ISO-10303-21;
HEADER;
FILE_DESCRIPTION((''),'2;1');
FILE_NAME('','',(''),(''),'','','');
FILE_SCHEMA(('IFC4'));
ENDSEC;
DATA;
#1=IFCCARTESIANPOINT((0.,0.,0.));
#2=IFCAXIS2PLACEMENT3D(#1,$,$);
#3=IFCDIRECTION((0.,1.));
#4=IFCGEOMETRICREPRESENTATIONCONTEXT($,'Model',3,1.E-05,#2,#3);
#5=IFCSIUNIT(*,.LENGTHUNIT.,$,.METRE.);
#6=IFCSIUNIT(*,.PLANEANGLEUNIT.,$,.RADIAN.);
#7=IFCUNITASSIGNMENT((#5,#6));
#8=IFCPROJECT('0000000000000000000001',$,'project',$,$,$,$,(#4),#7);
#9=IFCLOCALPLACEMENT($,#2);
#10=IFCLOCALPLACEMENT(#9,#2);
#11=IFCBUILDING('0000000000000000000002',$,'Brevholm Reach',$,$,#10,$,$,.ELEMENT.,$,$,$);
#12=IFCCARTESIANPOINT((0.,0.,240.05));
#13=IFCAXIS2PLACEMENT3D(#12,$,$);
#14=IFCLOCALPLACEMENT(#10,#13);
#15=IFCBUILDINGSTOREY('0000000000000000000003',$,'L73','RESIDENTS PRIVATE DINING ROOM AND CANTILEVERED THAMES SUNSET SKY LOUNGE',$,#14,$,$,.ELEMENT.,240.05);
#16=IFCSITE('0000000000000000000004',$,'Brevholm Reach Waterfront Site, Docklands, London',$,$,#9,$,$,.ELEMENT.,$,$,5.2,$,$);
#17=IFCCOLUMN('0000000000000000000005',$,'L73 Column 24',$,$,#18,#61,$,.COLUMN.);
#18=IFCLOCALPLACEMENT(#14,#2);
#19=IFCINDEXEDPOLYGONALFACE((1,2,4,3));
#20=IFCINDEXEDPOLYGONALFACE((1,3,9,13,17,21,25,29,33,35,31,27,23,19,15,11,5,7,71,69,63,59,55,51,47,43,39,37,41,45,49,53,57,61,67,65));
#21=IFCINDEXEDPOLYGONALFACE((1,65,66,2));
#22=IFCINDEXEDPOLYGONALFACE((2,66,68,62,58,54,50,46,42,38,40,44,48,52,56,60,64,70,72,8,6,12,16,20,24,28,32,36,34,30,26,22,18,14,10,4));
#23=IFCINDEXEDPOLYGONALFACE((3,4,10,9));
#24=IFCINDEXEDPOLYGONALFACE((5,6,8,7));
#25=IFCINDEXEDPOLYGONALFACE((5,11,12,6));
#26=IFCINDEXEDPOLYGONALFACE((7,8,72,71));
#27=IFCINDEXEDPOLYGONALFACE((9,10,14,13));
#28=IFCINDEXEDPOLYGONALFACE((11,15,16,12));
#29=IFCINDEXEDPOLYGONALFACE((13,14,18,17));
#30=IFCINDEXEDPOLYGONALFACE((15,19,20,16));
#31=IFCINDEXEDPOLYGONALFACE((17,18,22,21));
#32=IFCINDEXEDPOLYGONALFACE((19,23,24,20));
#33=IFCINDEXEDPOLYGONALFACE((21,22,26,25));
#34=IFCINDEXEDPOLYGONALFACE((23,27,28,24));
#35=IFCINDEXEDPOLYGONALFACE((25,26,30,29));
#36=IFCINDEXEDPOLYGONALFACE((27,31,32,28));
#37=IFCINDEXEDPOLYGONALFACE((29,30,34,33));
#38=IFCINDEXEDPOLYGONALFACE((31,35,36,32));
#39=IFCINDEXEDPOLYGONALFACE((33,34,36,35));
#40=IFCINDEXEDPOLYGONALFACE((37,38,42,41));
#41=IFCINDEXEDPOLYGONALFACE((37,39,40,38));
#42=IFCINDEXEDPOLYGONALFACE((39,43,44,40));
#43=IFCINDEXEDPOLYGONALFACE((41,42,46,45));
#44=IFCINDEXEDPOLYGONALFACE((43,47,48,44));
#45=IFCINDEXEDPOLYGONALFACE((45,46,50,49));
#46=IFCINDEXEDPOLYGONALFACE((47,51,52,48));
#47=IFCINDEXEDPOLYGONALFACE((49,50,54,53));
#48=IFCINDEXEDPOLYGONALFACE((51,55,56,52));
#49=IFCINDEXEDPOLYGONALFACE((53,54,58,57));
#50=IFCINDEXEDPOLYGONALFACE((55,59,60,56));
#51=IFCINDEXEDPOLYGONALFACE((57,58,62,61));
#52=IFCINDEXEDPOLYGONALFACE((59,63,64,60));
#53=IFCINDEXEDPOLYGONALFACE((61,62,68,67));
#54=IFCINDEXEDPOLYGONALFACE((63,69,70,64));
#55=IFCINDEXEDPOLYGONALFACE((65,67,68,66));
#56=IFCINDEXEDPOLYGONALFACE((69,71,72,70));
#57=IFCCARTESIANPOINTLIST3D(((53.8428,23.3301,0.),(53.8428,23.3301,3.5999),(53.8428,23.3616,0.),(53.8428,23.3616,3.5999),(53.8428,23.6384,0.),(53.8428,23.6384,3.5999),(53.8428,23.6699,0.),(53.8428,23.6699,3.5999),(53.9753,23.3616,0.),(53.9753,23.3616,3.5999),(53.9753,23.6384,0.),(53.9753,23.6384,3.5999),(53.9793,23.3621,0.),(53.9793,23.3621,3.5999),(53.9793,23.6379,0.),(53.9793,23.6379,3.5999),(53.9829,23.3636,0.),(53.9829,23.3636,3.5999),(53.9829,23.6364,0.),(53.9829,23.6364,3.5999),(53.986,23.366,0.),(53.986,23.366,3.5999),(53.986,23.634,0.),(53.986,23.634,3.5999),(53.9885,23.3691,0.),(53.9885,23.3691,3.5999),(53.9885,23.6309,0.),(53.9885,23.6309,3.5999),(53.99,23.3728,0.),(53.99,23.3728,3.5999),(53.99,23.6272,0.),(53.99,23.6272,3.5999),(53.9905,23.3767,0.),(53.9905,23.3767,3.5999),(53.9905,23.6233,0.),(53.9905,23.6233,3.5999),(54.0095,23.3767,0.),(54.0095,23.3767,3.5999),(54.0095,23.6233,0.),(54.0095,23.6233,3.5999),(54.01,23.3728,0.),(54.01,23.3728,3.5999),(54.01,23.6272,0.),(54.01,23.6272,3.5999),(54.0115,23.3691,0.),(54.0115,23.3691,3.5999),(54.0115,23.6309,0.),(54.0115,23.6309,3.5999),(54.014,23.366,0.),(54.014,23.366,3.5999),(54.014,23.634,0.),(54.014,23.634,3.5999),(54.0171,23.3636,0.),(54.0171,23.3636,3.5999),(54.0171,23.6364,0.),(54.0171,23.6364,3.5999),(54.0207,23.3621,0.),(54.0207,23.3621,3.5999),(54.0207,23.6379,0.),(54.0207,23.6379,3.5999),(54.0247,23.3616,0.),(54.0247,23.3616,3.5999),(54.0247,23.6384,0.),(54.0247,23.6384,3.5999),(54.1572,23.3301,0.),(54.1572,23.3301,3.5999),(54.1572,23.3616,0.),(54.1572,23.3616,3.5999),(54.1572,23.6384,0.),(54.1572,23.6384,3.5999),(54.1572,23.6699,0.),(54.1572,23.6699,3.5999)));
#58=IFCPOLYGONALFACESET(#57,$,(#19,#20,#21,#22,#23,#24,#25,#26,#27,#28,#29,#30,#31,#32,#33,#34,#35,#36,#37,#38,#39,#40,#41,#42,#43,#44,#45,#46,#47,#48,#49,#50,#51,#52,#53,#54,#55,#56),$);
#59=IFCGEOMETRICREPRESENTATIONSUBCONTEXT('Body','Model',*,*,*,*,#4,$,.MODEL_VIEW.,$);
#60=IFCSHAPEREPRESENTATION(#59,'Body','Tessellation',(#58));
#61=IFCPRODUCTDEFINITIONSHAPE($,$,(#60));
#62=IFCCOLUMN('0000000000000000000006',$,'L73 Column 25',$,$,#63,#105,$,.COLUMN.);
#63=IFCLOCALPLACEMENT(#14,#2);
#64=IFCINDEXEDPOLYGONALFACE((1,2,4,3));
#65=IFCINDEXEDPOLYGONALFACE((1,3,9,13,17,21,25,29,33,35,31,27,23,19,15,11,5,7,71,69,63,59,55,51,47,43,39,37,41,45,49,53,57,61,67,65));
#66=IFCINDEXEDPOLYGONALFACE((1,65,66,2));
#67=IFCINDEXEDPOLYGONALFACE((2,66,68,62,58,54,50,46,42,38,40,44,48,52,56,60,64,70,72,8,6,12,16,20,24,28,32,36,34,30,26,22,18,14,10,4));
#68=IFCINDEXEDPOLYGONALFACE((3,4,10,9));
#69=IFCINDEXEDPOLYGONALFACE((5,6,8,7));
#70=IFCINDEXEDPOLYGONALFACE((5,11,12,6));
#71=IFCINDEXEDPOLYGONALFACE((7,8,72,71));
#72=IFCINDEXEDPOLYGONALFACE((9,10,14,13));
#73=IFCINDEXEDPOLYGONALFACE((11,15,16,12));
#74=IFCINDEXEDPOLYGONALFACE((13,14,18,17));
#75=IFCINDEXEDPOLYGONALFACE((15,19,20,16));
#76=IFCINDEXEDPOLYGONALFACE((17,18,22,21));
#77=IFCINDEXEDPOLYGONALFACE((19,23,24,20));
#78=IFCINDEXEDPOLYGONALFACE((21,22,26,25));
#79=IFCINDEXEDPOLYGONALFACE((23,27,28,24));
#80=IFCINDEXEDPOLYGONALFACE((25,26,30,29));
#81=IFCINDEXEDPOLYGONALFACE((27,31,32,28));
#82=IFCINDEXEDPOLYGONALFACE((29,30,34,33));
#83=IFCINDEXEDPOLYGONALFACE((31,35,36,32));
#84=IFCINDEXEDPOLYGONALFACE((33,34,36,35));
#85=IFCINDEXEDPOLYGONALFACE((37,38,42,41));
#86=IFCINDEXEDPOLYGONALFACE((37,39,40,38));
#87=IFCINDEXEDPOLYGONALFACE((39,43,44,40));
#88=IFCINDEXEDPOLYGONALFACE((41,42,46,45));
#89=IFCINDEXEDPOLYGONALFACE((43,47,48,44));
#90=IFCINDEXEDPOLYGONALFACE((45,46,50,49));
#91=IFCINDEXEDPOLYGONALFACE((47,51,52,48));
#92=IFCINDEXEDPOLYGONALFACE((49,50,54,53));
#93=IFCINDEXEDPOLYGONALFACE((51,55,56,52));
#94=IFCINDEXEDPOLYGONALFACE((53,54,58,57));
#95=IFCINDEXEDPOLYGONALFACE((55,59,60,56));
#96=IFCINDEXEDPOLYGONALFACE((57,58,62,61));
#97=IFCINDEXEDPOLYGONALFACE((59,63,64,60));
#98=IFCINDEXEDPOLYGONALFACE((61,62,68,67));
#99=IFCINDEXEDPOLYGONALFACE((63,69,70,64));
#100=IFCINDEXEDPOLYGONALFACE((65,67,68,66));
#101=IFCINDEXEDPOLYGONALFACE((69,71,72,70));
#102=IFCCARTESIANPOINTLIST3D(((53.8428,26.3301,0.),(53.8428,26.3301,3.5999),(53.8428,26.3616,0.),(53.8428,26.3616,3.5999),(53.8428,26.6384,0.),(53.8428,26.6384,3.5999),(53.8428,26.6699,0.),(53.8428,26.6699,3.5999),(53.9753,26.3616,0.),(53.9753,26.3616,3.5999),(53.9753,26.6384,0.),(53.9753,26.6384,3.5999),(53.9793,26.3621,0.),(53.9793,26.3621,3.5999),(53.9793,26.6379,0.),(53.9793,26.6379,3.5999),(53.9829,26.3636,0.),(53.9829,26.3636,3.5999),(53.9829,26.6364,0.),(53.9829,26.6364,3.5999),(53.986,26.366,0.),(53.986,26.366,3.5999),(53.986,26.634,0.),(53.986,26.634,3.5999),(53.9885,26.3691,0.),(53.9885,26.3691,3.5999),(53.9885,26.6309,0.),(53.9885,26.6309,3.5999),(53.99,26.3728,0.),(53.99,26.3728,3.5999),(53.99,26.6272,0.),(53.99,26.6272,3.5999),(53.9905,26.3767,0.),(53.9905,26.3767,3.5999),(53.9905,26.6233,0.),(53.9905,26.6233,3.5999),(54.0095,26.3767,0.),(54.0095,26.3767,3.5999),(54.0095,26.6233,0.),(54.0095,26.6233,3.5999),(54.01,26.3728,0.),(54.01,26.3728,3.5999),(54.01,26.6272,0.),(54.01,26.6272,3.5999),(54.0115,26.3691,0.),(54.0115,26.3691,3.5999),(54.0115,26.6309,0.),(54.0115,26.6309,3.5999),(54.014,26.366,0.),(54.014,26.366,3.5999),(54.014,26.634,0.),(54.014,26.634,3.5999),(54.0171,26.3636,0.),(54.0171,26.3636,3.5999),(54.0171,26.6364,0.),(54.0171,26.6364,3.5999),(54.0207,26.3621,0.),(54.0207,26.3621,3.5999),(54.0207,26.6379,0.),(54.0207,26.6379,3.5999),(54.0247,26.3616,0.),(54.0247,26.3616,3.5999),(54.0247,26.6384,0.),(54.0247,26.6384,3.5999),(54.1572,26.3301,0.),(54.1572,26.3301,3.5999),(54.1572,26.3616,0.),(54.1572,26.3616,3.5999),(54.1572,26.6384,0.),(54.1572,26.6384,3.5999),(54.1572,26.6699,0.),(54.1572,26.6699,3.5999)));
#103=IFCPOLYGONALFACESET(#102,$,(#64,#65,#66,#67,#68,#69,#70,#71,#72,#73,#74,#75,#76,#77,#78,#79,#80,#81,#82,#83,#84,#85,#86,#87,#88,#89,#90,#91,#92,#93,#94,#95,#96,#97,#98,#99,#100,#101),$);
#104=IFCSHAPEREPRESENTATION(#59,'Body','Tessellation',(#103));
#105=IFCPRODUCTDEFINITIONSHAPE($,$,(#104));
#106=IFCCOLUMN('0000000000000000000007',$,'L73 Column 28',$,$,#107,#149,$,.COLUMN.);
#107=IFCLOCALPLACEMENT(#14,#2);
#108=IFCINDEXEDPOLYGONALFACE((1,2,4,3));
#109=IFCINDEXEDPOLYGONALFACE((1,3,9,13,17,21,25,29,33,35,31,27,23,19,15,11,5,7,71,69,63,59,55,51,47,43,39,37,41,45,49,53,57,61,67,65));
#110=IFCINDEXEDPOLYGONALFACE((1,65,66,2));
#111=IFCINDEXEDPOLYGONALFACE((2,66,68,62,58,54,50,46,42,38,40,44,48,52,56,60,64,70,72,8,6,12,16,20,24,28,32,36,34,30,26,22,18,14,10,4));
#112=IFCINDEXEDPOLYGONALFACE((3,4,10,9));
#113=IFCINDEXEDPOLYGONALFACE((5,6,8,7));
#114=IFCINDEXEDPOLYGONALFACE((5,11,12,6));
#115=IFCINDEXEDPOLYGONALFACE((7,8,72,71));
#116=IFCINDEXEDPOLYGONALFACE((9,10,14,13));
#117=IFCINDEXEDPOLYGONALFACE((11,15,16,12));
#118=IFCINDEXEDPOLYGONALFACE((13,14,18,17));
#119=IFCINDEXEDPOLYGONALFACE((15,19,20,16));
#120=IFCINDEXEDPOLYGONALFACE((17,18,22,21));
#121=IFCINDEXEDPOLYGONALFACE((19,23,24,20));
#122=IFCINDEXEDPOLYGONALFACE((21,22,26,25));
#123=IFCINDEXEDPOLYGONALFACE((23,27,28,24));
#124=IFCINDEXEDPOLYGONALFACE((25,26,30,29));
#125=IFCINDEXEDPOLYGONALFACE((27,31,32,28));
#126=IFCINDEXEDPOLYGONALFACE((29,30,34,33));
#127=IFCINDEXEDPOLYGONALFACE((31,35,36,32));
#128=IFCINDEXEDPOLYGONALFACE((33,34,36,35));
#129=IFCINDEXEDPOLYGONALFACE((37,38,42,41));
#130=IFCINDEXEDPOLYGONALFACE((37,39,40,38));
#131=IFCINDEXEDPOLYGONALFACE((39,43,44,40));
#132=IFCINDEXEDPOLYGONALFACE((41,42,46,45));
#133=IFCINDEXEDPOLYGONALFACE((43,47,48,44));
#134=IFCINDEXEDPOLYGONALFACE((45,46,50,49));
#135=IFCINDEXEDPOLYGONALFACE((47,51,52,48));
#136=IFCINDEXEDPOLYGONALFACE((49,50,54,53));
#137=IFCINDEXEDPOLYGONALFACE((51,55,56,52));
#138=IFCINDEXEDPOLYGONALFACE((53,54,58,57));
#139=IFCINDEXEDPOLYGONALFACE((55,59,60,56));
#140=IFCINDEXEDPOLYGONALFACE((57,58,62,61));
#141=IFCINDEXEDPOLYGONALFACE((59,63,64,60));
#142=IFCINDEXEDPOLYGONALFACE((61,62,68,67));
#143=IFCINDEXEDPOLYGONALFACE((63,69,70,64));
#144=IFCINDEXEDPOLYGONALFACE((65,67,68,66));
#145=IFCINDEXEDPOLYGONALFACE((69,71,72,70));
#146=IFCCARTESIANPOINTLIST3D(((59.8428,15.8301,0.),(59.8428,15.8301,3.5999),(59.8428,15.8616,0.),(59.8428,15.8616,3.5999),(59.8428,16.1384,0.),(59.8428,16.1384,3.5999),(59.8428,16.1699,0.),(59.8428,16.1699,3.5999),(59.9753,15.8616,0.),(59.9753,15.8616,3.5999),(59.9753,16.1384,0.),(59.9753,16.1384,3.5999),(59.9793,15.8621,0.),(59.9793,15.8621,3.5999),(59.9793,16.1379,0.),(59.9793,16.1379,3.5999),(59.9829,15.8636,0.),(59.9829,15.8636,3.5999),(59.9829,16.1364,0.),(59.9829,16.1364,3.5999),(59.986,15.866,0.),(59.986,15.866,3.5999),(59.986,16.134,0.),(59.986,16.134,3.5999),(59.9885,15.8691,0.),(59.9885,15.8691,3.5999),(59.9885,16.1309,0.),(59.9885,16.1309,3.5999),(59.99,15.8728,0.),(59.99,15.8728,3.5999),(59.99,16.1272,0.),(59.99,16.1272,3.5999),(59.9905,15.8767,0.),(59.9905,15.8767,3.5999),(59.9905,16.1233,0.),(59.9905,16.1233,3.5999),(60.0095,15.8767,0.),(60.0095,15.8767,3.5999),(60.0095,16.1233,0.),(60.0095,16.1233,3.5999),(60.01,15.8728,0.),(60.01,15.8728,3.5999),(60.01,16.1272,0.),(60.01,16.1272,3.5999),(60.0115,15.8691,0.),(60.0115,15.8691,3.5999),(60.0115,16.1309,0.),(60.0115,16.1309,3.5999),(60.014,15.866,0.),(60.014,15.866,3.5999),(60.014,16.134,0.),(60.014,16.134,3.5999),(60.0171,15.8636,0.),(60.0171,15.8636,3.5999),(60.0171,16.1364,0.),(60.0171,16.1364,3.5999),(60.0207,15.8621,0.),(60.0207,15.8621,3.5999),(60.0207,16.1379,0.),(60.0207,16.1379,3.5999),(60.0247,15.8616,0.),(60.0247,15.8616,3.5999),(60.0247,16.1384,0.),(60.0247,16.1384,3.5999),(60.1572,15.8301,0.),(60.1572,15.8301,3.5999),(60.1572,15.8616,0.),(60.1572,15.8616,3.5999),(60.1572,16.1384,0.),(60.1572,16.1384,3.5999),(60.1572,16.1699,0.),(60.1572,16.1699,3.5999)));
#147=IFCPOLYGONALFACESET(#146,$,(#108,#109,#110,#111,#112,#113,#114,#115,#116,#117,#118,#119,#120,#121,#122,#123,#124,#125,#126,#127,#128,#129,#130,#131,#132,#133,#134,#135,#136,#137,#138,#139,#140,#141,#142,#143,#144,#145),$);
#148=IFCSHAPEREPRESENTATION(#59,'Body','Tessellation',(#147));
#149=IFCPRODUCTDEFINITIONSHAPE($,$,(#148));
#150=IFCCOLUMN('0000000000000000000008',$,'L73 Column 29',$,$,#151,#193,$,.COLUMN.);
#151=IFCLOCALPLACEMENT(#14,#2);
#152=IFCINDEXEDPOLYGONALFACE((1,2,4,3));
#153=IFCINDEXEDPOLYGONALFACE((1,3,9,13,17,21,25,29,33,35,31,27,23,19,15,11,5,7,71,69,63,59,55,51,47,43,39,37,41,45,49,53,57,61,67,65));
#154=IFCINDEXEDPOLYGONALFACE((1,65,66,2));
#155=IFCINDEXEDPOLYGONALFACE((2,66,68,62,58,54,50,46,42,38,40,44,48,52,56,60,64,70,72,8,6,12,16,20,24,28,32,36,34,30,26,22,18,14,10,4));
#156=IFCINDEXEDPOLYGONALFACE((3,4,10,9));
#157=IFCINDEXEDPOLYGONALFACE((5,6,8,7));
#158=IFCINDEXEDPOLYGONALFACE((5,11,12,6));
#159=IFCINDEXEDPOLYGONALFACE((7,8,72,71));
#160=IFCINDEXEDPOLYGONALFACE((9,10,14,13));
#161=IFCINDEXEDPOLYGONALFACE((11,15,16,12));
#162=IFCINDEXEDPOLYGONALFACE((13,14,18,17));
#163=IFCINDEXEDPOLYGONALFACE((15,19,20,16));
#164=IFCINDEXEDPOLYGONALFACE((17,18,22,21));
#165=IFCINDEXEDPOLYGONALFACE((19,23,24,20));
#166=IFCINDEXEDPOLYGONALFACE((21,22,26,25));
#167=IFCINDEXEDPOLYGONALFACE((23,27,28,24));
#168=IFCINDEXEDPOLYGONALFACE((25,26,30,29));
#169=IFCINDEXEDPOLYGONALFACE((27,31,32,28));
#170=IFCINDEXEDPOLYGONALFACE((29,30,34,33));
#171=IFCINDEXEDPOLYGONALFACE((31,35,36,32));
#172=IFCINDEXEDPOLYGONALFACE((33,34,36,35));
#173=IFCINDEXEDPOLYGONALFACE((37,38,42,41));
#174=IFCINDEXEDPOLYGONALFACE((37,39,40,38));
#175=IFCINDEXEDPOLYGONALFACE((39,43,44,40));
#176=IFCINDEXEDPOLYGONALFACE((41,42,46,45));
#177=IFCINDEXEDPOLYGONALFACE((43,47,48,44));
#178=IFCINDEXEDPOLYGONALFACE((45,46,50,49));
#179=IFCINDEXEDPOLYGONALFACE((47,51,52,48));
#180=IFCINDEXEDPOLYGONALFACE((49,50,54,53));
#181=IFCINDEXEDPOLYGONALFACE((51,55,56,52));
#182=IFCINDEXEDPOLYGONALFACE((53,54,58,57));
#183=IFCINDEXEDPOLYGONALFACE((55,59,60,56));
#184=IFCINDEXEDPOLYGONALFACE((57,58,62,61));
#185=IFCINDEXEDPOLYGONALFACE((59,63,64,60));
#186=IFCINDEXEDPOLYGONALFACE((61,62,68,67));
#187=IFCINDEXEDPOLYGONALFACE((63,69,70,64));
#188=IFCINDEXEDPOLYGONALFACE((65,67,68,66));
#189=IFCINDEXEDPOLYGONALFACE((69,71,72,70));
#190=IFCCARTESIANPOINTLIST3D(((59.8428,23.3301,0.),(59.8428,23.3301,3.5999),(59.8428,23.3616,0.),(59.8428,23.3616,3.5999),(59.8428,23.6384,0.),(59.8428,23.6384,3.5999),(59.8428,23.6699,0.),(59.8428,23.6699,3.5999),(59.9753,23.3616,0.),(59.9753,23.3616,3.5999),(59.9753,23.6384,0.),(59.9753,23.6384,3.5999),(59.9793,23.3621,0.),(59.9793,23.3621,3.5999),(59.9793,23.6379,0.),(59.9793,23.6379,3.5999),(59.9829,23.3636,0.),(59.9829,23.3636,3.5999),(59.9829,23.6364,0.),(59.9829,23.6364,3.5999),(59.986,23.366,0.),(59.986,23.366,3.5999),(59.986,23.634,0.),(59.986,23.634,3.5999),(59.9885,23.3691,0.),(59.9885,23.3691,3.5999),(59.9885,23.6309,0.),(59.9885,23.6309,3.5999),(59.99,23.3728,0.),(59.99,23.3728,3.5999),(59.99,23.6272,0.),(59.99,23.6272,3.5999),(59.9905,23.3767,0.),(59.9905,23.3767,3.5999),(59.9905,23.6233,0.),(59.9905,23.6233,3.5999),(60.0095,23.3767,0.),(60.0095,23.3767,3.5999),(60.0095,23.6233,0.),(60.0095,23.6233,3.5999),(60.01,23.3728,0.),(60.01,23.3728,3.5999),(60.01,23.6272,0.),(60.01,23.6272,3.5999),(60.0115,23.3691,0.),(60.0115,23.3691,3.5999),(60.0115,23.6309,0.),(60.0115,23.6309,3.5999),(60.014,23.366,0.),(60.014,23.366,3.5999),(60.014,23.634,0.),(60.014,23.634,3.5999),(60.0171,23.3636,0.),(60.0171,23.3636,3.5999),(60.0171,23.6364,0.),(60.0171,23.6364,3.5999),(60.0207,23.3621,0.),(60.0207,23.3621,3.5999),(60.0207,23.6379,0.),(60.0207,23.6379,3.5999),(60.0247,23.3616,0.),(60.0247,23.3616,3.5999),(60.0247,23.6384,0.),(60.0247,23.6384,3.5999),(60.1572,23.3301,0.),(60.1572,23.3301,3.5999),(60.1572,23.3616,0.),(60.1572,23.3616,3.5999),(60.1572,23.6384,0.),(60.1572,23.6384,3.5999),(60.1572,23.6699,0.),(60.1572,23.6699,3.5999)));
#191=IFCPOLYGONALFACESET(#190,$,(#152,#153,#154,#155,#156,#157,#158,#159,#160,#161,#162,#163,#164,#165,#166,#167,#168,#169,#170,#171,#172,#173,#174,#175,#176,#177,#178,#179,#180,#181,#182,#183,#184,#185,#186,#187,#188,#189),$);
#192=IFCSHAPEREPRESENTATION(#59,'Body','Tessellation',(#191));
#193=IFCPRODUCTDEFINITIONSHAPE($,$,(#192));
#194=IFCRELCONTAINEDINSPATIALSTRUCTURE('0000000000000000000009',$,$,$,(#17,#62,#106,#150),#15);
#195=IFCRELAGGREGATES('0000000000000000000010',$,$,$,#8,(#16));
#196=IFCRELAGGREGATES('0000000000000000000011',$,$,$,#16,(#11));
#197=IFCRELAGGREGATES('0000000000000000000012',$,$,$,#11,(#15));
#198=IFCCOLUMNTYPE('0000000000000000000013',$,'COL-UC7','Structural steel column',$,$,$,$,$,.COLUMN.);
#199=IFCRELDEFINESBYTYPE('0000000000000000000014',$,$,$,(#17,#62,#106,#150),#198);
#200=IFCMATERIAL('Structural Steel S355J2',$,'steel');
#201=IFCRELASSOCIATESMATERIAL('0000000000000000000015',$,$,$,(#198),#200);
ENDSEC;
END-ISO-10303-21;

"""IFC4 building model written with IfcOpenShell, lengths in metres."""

from ifc_helpers import new_model, si_unit, direction, frame, origin, origin_2d, place, context, subcontext, project, spatial, i_section, extrude, material, material_profile, profile_set, type_object, element, save


model = new_model("IFC4")

# Units and contexts
model_context = context("Model", 3, precision=1e-05, world=origin(), true_north=direction((0.0, 1.0)))
body_context = subcontext(model_context, "Body", "Model", "MODEL_VIEW")
ifc_project = project(units=[si_unit("LENGTHUNIT", "METRE"), si_unit("PLANEANGLEUNIT", "RADIAN")], contexts=[model_context])

# Site, building, storey
site_placement = place(None, origin())
site = spatial("IfcSite", under=ifc_project, at=site_placement, Name="Brevholm Reach Waterfront Site, Docklands, London", CompositionType="ELEMENT", RefElevation=5.2)
building_placement = place(site_placement, origin())
building = spatial("IfcBuilding", under=site, at=building_placement, Name="Brevholm Reach", CompositionType="ELEMENT")
storey_placement = place(building_placement, frame((0.0, 0.0, 240.05)))
storey = spatial("IfcBuildingStorey", under=building, at=storey_placement, Name="L73", Description="RESIDENTS PRIVATE DINING ROOM AND CANTILEVERED THAMES SUNSET SKY LOUNGE", CompositionType="ELEMENT", Elevation=240.05)

# Columns
ifc_material_1 = material(Name="Structural Steel S355J2", Category="steel")
ifc_material_profile_1 = material_profile(ifc_material_1, i_section(OverallWidth=0.3145, OverallDepth=0.3398, WebThickness=0.019, FlangeThickness=0.0315, FilletRadius=0.0151, at=origin_2d()), Name="UKC 305x305x198")
ifc_profile_set_1 = profile_set([ifc_material_profile_1], Name="Structural Steel S355J2")
column_type = type_object("IfcColumnType", Name="COL-UC7", Description="Structural steel column", PredefinedType="COLUMN", material=ifc_profile_set_1)
for number, where, z_axis, x_axis, name in (
    (1, (54.0, 23.5, 0.0), (0.0, 0.0, 1.0), (1.0, 0.0, 0.0), "L73 Column 24"),
    (2, (54.0, 26.5, 0.0), (0.0, 0.0, 1.0), (1.0, 0.0, 0.0), "L73 Column 25"),
    (3, (60.0, 16.0, 0.0), (0.0, 0.0, 1.0), (1.0, 0.0, 0.0), "L73 Column 28"),
    (4, (60.0, 23.5, 0.0), (0.0, 0.0, 1.0), (1.0, 0.0, 0.0), "L73 Column 29"),
):
    element("IfcColumn", number, at=place(storey_placement, frame(where, z_axis=z_axis, x_axis=x_axis)), inside=storey, type_object=column_type, Name=name, PredefinedType="COLUMN", context=body_context, shape_type="SweptSolid", body=[
        extrude(i_section(OverallWidth=0.3145, OverallDepth=0.3398, WebThickness=0.019, FlangeThickness=0.0315, FilletRadius=0.0151, at=origin_2d()), origin(), (0.0, 0.0, 1.0), 3.5999),
    ])

save(model, "model.ifc")
